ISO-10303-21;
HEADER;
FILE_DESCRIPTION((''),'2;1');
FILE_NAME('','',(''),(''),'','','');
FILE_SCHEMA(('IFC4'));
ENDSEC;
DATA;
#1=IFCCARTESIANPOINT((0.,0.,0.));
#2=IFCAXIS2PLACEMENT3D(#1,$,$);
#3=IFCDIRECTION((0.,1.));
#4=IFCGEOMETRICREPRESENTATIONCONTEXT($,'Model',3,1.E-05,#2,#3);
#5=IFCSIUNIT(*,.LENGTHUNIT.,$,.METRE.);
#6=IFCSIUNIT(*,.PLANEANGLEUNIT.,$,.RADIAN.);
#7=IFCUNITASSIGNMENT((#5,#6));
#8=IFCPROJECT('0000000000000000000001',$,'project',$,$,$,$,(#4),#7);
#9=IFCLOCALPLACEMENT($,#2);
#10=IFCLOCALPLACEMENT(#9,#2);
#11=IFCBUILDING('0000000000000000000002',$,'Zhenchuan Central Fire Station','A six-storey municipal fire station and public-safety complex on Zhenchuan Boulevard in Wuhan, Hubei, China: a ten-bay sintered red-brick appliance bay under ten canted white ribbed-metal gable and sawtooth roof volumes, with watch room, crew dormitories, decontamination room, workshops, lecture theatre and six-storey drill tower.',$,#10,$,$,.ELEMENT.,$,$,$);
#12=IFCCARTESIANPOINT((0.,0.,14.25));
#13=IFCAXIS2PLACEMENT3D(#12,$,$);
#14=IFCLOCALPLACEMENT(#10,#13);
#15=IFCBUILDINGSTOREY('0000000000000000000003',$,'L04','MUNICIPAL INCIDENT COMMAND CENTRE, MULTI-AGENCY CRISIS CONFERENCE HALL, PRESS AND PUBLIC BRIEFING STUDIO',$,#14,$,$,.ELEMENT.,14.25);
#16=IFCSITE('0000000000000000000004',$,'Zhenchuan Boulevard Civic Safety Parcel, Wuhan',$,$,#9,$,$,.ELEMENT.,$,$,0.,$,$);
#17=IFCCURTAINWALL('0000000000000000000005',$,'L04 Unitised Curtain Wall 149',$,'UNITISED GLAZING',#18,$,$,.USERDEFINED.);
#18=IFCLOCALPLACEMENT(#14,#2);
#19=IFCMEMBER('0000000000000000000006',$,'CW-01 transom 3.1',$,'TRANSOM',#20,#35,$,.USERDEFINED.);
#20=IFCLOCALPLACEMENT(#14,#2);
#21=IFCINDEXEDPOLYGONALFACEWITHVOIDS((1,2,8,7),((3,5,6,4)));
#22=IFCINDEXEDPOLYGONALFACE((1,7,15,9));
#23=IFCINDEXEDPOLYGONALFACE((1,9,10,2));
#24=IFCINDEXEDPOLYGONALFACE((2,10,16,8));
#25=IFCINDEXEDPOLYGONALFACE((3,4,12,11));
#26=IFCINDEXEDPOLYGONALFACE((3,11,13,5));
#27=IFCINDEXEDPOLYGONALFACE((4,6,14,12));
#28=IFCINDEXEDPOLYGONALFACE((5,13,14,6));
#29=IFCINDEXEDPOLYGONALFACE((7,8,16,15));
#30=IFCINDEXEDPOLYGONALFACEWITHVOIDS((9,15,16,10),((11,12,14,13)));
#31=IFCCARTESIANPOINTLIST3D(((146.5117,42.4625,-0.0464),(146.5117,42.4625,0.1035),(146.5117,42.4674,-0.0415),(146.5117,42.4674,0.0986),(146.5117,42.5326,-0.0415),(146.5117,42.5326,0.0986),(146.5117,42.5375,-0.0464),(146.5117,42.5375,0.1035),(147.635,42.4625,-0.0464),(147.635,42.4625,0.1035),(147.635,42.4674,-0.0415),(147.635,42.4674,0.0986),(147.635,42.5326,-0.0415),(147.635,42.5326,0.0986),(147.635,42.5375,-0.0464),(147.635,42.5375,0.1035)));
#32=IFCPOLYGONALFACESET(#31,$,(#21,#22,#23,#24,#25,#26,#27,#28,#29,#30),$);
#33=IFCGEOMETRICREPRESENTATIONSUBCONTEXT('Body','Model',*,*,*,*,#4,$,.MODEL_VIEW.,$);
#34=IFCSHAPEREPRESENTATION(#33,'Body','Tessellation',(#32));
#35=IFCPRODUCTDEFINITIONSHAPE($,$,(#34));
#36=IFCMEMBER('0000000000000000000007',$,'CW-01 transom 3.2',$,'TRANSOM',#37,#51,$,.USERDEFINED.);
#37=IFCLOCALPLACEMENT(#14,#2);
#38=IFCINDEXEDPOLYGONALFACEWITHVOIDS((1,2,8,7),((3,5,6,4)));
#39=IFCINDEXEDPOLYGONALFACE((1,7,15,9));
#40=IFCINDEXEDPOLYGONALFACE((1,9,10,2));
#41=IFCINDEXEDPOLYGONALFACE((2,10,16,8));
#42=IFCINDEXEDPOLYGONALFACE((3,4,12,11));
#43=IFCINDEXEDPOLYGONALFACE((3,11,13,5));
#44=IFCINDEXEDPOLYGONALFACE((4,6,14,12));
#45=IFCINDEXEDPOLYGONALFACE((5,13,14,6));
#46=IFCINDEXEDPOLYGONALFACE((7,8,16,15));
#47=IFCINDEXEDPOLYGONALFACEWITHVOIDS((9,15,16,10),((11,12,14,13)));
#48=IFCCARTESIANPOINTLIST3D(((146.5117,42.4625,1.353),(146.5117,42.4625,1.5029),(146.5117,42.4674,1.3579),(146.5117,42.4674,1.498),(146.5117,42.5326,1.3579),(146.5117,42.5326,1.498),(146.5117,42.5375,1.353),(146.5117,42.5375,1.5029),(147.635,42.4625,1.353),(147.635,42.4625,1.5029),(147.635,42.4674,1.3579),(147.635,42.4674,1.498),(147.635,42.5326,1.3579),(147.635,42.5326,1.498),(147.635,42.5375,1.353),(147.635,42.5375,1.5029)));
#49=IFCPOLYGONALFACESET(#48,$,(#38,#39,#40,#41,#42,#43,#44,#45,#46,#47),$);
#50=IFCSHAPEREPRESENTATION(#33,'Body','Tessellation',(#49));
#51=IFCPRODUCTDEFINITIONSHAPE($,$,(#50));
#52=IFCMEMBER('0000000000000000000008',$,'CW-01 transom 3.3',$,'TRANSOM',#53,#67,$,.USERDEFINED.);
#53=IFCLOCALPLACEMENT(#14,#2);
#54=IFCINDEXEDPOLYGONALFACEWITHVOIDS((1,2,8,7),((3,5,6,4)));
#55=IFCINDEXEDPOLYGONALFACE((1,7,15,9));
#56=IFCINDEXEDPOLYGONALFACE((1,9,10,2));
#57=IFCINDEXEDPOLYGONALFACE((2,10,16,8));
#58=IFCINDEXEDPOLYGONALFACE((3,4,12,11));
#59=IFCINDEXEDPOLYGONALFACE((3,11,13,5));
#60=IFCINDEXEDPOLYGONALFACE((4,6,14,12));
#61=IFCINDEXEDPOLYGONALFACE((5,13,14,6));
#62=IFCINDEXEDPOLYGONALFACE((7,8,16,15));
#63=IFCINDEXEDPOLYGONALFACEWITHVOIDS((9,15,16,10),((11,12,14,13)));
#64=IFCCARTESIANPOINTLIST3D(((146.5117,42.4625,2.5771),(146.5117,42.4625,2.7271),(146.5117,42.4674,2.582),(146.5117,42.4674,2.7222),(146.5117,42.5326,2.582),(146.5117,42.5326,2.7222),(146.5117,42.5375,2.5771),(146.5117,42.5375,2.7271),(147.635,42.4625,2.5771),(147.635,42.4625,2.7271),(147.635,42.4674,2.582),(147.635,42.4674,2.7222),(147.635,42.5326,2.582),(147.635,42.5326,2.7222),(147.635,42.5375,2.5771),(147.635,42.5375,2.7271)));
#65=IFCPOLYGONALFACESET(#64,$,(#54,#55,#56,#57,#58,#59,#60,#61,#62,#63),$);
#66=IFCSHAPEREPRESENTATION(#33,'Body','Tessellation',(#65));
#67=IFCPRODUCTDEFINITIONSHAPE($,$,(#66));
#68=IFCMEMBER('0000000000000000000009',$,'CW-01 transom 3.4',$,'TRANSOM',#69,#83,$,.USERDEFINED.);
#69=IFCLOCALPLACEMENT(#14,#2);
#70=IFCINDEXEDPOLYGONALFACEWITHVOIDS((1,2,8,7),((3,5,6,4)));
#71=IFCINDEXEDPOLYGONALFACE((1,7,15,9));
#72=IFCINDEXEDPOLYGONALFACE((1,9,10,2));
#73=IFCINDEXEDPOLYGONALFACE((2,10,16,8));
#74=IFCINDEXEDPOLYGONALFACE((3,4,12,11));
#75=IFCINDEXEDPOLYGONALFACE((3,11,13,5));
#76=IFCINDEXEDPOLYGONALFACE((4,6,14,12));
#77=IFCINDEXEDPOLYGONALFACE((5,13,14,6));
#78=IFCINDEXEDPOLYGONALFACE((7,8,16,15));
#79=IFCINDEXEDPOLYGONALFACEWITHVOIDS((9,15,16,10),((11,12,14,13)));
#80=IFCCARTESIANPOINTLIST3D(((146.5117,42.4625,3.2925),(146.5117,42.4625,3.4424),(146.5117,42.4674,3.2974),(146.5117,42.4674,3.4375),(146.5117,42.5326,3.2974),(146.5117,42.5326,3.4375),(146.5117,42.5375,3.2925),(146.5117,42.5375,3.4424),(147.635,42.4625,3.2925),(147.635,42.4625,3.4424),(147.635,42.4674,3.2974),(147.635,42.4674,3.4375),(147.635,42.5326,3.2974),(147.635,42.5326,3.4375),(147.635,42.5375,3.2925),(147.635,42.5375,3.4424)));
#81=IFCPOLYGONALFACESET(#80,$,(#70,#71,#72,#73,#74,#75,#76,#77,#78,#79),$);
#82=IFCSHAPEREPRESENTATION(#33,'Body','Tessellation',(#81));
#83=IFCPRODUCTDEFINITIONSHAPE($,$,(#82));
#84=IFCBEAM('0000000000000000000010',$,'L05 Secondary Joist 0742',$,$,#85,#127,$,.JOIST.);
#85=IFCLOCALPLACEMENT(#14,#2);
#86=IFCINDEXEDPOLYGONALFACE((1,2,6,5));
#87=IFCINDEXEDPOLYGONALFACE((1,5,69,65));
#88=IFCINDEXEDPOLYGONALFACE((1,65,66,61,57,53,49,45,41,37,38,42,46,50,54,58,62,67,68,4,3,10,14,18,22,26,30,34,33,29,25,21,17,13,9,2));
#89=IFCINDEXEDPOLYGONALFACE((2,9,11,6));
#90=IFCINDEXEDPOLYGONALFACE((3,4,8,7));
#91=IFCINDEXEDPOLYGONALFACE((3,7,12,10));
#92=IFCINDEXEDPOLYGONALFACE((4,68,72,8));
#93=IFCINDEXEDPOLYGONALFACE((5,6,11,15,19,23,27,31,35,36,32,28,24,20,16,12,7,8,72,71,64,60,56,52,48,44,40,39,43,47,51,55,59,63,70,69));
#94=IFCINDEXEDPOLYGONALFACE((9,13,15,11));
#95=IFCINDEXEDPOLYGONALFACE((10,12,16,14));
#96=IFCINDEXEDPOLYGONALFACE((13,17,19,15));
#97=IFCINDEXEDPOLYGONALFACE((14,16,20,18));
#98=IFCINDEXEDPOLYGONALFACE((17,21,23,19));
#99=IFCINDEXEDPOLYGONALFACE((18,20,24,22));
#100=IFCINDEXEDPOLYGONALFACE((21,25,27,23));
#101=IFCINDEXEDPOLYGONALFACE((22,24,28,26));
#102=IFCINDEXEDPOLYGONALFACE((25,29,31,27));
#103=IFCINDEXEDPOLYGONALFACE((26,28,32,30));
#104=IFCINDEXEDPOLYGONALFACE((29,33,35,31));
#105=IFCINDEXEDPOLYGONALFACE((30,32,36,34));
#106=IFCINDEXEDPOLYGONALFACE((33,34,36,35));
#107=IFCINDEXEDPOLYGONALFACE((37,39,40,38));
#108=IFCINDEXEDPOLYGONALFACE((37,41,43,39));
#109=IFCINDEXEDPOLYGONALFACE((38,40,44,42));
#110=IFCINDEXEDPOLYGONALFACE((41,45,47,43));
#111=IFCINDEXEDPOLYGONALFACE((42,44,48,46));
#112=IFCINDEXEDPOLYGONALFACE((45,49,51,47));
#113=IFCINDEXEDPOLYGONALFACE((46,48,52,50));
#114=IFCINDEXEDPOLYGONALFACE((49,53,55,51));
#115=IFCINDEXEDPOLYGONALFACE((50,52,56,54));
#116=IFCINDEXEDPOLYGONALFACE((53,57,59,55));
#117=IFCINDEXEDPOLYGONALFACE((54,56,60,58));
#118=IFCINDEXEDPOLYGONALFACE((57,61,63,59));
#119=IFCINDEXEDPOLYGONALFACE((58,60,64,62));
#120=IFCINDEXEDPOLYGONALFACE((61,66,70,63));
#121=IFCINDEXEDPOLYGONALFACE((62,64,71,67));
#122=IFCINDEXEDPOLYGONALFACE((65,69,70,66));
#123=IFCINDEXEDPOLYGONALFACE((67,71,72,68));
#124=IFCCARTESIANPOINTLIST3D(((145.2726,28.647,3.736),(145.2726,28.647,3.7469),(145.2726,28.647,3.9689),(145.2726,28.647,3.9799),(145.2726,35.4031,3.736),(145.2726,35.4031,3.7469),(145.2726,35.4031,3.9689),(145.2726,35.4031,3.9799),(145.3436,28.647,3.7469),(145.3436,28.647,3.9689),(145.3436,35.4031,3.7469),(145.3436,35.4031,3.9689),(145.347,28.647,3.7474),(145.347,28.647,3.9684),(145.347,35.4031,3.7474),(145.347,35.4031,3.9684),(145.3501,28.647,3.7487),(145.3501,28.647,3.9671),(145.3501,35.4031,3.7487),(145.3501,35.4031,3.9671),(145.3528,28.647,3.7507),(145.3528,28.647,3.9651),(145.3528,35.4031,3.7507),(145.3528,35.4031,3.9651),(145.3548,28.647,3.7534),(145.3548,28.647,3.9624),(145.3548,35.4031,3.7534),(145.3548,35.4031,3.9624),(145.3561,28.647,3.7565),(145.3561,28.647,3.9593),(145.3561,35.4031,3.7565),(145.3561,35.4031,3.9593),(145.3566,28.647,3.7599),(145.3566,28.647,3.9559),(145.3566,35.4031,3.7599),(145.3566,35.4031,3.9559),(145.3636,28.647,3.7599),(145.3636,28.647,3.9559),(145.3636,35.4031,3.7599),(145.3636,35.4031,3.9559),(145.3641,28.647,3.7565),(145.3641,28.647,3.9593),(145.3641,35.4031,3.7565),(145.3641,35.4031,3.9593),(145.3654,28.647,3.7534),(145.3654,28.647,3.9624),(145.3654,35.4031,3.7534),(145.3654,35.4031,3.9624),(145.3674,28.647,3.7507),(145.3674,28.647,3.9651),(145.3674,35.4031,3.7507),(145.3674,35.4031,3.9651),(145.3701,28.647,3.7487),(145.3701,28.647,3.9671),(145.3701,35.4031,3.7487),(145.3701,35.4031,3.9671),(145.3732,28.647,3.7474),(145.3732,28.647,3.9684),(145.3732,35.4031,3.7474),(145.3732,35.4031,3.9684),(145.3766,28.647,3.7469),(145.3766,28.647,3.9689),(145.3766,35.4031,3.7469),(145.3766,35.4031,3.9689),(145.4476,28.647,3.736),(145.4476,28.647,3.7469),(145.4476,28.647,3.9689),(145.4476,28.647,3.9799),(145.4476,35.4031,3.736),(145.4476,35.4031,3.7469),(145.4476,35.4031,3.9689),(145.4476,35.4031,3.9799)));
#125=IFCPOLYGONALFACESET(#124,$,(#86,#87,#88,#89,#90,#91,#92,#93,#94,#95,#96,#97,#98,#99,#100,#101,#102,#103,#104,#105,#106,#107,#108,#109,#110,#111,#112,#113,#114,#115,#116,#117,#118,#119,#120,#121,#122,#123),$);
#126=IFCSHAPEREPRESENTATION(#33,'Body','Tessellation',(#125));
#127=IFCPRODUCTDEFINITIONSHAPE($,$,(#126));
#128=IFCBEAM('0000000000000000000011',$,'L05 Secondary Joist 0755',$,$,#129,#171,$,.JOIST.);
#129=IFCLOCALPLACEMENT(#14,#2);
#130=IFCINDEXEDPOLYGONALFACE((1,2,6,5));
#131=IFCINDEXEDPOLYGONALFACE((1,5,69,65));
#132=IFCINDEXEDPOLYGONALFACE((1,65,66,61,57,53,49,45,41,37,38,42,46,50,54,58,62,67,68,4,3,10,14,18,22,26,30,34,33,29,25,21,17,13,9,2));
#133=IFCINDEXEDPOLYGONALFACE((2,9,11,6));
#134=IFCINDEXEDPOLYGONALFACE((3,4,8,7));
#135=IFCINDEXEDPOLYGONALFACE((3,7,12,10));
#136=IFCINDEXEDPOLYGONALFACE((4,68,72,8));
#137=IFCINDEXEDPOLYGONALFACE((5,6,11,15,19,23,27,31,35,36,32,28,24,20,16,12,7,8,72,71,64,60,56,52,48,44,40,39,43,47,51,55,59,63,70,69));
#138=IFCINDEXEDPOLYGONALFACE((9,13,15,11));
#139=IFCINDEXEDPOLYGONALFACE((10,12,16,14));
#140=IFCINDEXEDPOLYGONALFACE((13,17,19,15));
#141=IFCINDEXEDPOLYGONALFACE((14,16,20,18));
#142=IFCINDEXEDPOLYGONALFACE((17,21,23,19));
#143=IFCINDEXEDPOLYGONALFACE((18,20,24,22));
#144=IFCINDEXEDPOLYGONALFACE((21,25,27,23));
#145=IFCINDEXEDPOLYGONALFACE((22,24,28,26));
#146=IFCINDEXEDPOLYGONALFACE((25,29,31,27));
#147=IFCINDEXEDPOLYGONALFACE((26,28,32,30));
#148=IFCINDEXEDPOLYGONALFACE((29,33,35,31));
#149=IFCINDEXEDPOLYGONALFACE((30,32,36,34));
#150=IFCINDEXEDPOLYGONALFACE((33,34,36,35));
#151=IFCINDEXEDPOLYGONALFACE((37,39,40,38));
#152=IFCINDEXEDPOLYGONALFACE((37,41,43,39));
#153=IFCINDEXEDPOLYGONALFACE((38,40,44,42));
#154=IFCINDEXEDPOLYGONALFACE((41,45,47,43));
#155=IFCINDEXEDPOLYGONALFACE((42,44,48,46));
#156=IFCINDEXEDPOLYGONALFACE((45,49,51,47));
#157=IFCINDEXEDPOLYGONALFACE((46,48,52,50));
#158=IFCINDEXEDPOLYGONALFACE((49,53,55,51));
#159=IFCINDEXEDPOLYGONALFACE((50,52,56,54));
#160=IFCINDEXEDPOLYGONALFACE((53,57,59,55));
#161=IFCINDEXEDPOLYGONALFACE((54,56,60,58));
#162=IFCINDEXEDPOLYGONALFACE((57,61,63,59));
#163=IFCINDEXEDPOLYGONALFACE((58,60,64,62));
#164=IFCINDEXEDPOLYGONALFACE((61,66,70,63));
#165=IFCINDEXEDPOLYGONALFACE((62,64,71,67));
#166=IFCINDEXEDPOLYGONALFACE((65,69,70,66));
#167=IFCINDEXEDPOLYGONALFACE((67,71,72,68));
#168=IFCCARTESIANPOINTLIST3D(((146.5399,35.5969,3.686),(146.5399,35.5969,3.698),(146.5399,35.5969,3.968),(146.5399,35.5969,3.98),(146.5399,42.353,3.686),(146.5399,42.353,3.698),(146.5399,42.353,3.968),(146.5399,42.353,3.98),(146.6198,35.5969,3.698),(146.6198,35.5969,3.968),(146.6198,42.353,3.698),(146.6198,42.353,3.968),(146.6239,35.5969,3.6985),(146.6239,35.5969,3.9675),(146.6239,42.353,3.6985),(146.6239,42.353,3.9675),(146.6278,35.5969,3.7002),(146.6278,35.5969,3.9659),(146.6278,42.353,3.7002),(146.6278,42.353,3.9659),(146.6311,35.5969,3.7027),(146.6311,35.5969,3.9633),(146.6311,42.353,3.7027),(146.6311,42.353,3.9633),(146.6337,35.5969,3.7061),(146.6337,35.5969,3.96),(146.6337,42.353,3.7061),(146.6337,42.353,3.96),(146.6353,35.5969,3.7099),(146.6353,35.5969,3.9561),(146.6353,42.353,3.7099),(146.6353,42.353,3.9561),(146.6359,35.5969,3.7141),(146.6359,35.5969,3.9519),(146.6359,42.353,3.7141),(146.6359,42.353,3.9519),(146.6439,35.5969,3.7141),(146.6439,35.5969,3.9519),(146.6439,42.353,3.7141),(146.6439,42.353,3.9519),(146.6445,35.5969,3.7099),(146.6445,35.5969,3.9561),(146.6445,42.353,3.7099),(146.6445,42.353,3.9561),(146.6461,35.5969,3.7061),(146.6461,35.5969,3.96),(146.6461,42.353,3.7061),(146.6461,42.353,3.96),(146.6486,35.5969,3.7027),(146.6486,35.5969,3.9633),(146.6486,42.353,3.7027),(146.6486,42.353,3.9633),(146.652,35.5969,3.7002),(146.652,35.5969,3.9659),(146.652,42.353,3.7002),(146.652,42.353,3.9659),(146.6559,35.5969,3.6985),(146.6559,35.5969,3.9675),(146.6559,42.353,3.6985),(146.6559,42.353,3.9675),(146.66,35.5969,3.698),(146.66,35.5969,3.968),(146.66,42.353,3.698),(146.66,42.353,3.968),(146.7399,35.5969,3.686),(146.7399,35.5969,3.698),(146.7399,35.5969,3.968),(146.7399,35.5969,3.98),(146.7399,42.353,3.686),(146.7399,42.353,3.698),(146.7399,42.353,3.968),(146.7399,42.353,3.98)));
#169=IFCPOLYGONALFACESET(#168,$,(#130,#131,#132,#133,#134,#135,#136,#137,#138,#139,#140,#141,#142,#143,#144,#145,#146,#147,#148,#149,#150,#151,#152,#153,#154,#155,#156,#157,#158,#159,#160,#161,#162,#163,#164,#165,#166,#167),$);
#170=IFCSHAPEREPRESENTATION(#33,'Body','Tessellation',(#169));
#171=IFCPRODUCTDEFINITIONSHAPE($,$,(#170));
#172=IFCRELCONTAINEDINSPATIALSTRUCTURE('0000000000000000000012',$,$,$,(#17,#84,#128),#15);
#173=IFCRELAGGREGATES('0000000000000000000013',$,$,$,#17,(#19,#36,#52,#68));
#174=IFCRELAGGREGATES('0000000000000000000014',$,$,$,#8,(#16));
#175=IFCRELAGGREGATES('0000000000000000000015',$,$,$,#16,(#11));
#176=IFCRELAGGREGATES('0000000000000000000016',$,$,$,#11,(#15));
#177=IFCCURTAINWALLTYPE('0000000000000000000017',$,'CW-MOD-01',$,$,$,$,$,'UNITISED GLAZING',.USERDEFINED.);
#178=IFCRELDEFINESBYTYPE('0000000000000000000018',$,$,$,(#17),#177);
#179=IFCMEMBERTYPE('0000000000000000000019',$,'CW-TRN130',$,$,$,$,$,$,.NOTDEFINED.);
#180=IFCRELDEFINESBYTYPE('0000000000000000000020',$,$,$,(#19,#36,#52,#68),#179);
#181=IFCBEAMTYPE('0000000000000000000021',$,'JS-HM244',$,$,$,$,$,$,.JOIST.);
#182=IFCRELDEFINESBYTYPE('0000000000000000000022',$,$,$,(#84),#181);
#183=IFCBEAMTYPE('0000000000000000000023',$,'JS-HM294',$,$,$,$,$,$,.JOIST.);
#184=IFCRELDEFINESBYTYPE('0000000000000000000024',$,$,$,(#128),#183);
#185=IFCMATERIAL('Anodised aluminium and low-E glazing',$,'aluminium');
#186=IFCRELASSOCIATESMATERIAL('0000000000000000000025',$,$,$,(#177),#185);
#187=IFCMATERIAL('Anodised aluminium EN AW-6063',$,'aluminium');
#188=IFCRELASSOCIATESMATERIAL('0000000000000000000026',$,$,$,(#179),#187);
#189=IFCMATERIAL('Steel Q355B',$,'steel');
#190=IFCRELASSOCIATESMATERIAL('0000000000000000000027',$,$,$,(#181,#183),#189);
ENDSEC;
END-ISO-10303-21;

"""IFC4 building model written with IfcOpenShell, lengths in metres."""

from ifc_helpers import new_model, si_unit, direction, frame, origin, origin_2d, place, context, subcontext, project, spatial, hollow_rectangle, i_section, extrude, material, material_profile, profile_set, type_object, element, aggregate, save


model = new_model("IFC4")

# Units and contexts
model_context = context("Model", 3, precision=1e-05, world=origin(), true_north=direction((0.0, 1.0)))
body_context = subcontext(model_context, "Body", "Model", "MODEL_VIEW")
ifc_project = project(units=[si_unit("LENGTHUNIT", "METRE"), si_unit("PLANEANGLEUNIT", "RADIAN")], contexts=[model_context])

# Site, building, storey
site_placement = place(None, origin())
site = spatial("IfcSite", under=ifc_project, at=site_placement, Name="Zhenchuan Boulevard Civic Safety Parcel, Wuhan", CompositionType="ELEMENT", RefElevation=0.0)
building_placement = place(site_placement, origin())
building = spatial("IfcBuilding", under=site, at=building_placement, Name="Zhenchuan Central Fire Station", Description="A six-storey municipal fire station and public-safety complex on Zhenchuan Boulevard in Wuhan, Hubei, China: a ten-bay sintered red-brick appliance bay under ten canted white ribbed-metal gable and sawtooth roof volumes, with watch room, crew dormitories, decontamination room, workshops, lecture theatre and six-storey drill tower.", CompositionType="ELEMENT")
storey_placement = place(building_placement, frame((0.0, 0.0, 14.25)))
storey = spatial("IfcBuildingStorey", under=building, at=storey_placement, Name="L04", Description="MUNICIPAL INCIDENT COMMAND CENTRE, MULTI-AGENCY CRISIS CONFERENCE HALL, PRESS AND PUBLIC BRIEFING STUDIO", CompositionType="ELEMENT", Elevation=14.25)

# Shared definitions
ifc_material_1 = material(Name="Steel Q355B", Category="steel")

# Curtain wall, members
ifc_material_2 = material(Name="Anodised aluminium and low-E glazing", Category="aluminium")
curtain_wall_type = type_object("IfcCurtainWallType", Name="CW-MOD-01", ElementType="UNITISED GLAZING", PredefinedType="USERDEFINED", material=ifc_material_2)
curtain_wall_placement = place(storey_placement, origin())
curtain_wall = element("IfcCurtainWall", 1, at=curtain_wall_placement, inside=storey, type_object=curtain_wall_type, Name="L04 Unitised Curtain Wall 149", ObjectType="UNITISED GLAZING", PredefinedType="USERDEFINED")
ifc_material_3 = material(Name="Anodised aluminium EN AW-6063", Category="aluminium")
ifc_material_profile_1 = material_profile(ifc_material_3, hollow_rectangle(XDim=0.075, YDim=0.1499, WallThickness=0.0049, at=origin_2d()), Name="ALU-T 150x75")
ifc_profile_set_1 = profile_set([ifc_material_profile_1], Name="Anodised aluminium EN AW-6063")
member_type_1 = type_object("IfcMemberType", Name="CW-TRN130", PredefinedType="NOTDEFINED", material=ifc_profile_set_1)
member_1_placement = place(storey_placement, frame((146.5117, 42.5, 0.0286), z_axis=(1.0, 0.0, 0.0), x_axis=(0.0, 1.0, 0.0)))
member_1 = element("IfcMember", 2, at=member_1_placement, type_object=member_type_1, Name="CW-01 transom 3.1", ObjectType="TRANSOM", PredefinedType="USERDEFINED", context=body_context, shape_type="SweptSolid", body=[
    extrude(hollow_rectangle(XDim=0.075, YDim=0.1499, WallThickness=0.0049, at=origin_2d()), origin(), (0.0, 0.0, 1.0), 1.1233),
])
member_2_placement = place(storey_placement, frame((146.5117, 42.5, 1.428), z_axis=(1.0, 0.0, 0.0), x_axis=(0.0, 1.0, 0.0)))
member_2 = element("IfcMember", 3, at=member_2_placement, type_object=member_type_1, Name="CW-01 transom 3.2", ObjectType="TRANSOM", PredefinedType="USERDEFINED", context=body_context, shape_type="SweptSolid", body=[
    extrude(hollow_rectangle(XDim=0.075, YDim=0.1499, WallThickness=0.0049, at=origin_2d()), origin(), (0.0, 0.0, 1.0), 1.1233),
])
member_3_placement = place(storey_placement, frame((146.5117, 42.5, 2.6521), z_axis=(1.0, 0.0, 0.0), x_axis=(0.0, 1.0, 0.0)))
member_3 = element("IfcMember", 4, at=member_3_placement, type_object=member_type_1, Name="CW-01 transom 3.3", ObjectType="TRANSOM", PredefinedType="USERDEFINED", context=body_context, shape_type="SweptSolid", body=[
    extrude(hollow_rectangle(XDim=0.075, YDim=0.1499, WallThickness=0.0049, at=origin_2d()), origin(), (0.0, 0.0, 1.0), 1.1233),
])
member_4_placement = place(storey_placement, frame((146.5117, 42.5, 3.3674), z_axis=(1.0, 0.0, 0.0), x_axis=(0.0, 1.0, 0.0)))
member_4 = element("IfcMember", 5, at=member_4_placement, type_object=member_type_1, Name="CW-01 transom 3.4", ObjectType="TRANSOM", PredefinedType="USERDEFINED", context=body_context, shape_type="SweptSolid", body=[
    extrude(hollow_rectangle(XDim=0.075, YDim=0.1499, WallThickness=0.0049, at=origin_2d()), origin(), (0.0, 0.0, 1.0), 1.1233),
])

# Beams
ifc_material_profile_2 = material_profile(ifc_material_1, i_section(OverallWidth=0.175, OverallDepth=0.2439, WebThickness=0.0071, FlangeThickness=0.011, FilletRadius=0.0129, at=origin_2d()), Name="HM 244x175")
ifc_profile_set_2 = profile_set([ifc_material_profile_2], Name="Steel Q355B")
beam_type_1 = type_object("IfcBeamType", Name="JS-HM244", PredefinedType="JOIST", material=ifc_profile_set_2)
beam_1_placement = place(storey_placement, frame((145.3601, 28.647, 3.8579), z_axis=(0.0, 1.0, 0.0), x_axis=(-1.0, 0.0, 0.0)))
element("IfcBeam", 6, at=beam_1_placement, inside=storey, type_object=beam_type_1, Name="L05 Secondary Joist 0742", PredefinedType="JOIST", context=body_context, shape_type="SweptSolid", body=[
    extrude(i_section(OverallWidth=0.175, OverallDepth=0.2439, WebThickness=0.0071, FlangeThickness=0.011, FilletRadius=0.0129, at=origin_2d()), origin(), (0.0, 0.0, 1.0), 6.7561),
])
ifc_material_profile_3 = material_profile(ifc_material_1, i_section(OverallWidth=0.2, OverallDepth=0.2939, WebThickness=0.0081, FlangeThickness=0.012, FilletRadius=0.0161, at=origin_2d()), Name="HM 294x200")
ifc_profile_set_3 = profile_set([ifc_material_profile_3], Name="Steel Q355B")
beam_type_2 = type_object("IfcBeamType", Name="JS-HM294", PredefinedType="JOIST", material=ifc_profile_set_3)
beam_2_placement = place(storey_placement, frame((146.6399, 35.5969, 3.833), z_axis=(0.0, 1.0, 0.0), x_axis=(-1.0, 0.0, 0.0)))
element("IfcBeam", 7, at=beam_2_placement, inside=storey, type_object=beam_type_2, Name="L05 Secondary Joist 0755", PredefinedType="JOIST", context=body_context, shape_type="SweptSolid", body=[
    extrude(i_section(OverallWidth=0.2, OverallDepth=0.2939, WebThickness=0.0081, FlangeThickness=0.012, FilletRadius=0.0161, at=origin_2d()), origin(), (0.0, 0.0, 1.0), 6.7561),
])

aggregate(curtain_wall, [member_1, member_2, member_3, member_4])

save(model, "model.ifc")
